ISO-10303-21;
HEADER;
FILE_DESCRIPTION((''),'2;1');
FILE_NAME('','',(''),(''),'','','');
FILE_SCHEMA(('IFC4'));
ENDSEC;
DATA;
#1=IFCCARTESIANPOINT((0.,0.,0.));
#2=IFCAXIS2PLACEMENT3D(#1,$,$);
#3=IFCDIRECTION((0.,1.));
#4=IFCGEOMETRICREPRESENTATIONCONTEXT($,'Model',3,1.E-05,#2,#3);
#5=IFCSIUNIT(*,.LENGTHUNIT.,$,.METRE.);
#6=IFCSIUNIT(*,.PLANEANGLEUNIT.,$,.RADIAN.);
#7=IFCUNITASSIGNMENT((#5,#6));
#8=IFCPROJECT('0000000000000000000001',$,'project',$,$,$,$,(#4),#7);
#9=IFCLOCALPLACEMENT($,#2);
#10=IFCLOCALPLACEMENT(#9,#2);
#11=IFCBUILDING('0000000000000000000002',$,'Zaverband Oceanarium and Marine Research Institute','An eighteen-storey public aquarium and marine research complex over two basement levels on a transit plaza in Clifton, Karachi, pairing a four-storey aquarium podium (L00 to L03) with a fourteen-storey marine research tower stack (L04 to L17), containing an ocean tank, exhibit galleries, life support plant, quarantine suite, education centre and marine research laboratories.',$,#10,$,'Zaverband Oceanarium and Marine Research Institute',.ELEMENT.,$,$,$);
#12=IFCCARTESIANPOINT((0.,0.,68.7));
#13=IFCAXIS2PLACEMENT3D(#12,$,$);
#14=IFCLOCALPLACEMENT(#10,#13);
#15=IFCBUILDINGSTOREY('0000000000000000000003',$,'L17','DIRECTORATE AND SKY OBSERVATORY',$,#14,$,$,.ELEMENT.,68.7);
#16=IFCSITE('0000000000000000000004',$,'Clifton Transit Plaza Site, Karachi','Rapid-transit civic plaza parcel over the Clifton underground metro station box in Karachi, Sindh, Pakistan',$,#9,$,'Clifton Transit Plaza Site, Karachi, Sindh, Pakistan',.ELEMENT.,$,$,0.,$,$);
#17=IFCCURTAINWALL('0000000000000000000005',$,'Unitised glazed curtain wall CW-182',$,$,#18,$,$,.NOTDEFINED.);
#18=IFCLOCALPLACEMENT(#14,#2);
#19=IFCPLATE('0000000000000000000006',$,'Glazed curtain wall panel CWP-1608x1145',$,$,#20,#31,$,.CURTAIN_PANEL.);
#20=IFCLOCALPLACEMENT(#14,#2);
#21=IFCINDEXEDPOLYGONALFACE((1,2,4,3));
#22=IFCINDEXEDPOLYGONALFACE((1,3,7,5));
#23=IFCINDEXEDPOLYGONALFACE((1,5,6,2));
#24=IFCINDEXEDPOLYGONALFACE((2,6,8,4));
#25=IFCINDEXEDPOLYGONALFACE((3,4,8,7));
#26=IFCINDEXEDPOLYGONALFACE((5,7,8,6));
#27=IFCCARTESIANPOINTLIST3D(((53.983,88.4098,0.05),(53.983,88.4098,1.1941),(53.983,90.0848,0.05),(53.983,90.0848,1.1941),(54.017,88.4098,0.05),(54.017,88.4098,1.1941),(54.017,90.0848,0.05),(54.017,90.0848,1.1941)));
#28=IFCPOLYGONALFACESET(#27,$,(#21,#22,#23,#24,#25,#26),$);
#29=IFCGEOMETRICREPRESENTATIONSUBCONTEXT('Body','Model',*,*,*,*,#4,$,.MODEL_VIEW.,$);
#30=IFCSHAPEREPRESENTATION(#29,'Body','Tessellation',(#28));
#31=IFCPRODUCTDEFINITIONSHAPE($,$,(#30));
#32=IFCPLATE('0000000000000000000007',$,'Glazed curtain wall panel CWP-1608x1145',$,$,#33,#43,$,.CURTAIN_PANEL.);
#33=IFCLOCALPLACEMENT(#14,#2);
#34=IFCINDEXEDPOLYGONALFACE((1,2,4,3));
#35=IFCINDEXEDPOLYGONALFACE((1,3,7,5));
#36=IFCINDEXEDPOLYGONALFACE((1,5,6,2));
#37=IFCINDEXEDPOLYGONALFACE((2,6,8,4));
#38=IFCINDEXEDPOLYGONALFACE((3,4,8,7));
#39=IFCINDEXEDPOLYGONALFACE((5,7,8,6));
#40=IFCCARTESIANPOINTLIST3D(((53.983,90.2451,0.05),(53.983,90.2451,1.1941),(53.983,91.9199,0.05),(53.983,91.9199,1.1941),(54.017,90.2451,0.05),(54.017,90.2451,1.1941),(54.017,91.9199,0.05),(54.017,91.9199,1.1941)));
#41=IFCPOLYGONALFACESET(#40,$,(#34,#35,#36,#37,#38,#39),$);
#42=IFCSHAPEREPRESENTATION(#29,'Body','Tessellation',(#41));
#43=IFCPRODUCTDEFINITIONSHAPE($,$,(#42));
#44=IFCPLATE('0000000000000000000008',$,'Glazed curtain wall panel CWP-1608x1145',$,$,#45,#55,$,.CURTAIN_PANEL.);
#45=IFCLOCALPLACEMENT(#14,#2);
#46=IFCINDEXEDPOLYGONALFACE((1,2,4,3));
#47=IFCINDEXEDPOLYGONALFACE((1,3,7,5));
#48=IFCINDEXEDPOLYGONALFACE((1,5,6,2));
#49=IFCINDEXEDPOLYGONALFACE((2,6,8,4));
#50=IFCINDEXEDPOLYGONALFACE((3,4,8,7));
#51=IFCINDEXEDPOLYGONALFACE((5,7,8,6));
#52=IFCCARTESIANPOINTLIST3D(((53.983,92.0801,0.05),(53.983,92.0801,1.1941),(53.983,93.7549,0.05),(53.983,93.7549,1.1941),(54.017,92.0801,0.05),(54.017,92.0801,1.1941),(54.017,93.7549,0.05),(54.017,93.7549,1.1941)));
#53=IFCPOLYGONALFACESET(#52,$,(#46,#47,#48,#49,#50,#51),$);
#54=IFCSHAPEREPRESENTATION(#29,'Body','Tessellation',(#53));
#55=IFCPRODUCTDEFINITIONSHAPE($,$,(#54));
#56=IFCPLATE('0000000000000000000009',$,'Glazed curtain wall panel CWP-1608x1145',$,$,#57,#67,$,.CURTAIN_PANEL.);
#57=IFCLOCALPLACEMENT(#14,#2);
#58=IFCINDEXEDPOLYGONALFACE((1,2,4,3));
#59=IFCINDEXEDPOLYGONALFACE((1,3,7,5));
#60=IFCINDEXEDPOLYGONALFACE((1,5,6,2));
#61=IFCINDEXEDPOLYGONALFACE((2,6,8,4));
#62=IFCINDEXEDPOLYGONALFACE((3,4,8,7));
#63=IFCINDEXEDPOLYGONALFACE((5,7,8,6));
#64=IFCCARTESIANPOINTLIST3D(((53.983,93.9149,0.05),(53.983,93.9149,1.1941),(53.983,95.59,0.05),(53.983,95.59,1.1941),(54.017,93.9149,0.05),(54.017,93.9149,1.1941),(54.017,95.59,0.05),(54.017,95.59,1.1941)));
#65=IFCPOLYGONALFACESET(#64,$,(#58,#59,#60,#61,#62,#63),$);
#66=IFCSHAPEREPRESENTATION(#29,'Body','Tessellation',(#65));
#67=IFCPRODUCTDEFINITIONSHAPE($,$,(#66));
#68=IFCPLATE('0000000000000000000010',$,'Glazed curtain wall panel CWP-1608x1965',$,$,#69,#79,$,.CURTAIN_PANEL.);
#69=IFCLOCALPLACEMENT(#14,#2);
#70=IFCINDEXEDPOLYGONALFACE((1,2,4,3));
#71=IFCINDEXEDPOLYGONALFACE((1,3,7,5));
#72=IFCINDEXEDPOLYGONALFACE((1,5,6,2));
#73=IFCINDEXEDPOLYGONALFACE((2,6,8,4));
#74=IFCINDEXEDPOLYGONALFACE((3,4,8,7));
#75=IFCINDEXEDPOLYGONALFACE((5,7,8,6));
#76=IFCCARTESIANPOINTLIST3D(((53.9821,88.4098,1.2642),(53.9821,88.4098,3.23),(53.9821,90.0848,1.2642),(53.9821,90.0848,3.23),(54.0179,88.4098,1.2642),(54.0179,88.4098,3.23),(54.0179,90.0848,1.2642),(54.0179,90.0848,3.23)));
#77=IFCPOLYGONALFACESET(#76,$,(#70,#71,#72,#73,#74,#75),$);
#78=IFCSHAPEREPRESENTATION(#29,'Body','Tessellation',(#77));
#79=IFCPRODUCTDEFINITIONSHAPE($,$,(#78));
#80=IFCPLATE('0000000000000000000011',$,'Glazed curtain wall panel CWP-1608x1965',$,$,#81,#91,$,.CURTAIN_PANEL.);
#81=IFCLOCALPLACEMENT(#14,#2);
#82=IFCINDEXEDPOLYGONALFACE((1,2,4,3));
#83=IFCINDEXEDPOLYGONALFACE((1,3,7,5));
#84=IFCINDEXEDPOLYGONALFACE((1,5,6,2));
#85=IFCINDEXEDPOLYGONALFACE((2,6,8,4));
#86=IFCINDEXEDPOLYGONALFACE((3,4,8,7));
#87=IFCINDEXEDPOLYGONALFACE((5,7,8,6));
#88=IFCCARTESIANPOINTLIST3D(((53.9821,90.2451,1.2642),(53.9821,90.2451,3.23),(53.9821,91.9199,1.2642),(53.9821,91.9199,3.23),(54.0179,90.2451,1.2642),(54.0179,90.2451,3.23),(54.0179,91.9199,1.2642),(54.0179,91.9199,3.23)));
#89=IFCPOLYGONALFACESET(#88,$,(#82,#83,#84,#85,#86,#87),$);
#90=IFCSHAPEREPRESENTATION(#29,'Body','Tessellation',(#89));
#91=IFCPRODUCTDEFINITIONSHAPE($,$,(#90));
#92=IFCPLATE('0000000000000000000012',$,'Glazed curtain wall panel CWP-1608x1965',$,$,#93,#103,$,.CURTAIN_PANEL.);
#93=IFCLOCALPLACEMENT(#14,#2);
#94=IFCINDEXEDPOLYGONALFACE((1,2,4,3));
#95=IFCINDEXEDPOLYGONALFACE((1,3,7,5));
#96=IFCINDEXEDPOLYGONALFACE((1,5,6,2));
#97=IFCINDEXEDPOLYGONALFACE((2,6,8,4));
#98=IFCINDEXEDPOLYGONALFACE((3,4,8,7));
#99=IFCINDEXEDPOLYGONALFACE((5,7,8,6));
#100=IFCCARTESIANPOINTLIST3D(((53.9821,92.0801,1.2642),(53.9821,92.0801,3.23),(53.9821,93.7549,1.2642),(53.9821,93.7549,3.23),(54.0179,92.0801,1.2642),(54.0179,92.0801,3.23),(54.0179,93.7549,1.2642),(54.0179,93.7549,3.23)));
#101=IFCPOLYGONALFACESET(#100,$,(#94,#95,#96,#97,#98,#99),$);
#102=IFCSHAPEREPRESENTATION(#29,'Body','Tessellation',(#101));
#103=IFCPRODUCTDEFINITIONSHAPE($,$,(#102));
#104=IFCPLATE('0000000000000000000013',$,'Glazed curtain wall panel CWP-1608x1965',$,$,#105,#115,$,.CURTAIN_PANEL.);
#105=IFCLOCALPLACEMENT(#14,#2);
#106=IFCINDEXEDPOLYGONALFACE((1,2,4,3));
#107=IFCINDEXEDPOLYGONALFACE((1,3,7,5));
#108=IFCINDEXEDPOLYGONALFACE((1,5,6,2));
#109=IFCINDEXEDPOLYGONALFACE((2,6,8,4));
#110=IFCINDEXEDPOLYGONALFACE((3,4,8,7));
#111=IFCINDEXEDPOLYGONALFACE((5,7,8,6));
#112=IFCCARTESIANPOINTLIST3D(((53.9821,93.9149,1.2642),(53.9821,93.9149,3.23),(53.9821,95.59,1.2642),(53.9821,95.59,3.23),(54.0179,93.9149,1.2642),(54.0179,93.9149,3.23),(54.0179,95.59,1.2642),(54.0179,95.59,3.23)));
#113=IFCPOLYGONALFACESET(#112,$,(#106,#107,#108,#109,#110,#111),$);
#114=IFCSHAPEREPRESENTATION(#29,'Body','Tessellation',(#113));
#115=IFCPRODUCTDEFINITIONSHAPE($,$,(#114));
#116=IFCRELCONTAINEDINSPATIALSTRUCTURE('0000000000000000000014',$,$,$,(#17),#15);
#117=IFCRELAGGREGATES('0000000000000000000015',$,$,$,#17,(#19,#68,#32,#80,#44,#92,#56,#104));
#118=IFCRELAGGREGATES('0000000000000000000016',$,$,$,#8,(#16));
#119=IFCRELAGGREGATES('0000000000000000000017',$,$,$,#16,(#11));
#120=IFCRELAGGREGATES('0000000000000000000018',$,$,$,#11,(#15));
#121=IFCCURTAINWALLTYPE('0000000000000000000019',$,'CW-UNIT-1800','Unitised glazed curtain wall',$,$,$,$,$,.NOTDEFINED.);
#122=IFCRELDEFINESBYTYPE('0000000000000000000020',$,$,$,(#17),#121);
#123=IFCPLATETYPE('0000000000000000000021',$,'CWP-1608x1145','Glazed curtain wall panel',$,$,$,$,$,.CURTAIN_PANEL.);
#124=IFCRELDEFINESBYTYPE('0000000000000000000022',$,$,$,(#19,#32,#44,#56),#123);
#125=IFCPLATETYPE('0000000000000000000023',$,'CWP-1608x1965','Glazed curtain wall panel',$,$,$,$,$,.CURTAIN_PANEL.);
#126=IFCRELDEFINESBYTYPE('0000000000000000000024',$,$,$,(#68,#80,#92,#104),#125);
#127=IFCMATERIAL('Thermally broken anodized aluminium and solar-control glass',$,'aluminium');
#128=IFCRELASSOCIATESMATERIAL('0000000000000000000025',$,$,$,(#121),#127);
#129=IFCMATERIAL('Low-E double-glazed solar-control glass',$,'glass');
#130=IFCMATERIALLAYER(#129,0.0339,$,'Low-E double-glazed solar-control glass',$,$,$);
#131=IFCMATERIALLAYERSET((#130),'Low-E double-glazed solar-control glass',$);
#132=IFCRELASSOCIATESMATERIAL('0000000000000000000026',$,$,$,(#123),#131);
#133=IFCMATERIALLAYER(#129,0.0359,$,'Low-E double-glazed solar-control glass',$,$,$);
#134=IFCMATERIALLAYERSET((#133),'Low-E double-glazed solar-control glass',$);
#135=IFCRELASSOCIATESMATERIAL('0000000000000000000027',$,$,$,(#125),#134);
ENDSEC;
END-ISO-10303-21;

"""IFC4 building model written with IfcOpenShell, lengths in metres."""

from ifc_helpers import new_model, si_unit, direction, frame, frame_2d, origin, place, context, subcontext, project, spatial, rectangle, extrude, material, layer, layer_set, type_object, element, aggregate, save


model = new_model("IFC4")

# Units and contexts
model_context = context("Model", 3, precision=1e-05, world=origin(), true_north=direction((0.0, 1.0)))
body_context = subcontext(model_context, "Body", "Model", "MODEL_VIEW")
ifc_project = project(units=[si_unit("LENGTHUNIT", "METRE"), si_unit("PLANEANGLEUNIT", "RADIAN")], contexts=[model_context])

# Site, building, storey
site_placement = place(None, origin())
site = spatial("IfcSite", under=ifc_project, at=site_placement, Name="Clifton Transit Plaza Site, Karachi", Description="Rapid-transit civic plaza parcel over the Clifton underground metro station box in Karachi, Sindh, Pakistan", LongName="Clifton Transit Plaza Site, Karachi, Sindh, Pakistan", CompositionType="ELEMENT", RefElevation=0.0)
building_placement = place(site_placement, origin())
building = spatial("IfcBuilding", under=site, at=building_placement, Name="Zaverband Oceanarium and Marine Research Institute", Description="An eighteen-storey public aquarium and marine research complex over two basement levels on a transit plaza in Clifton, Karachi, pairing a four-storey aquarium podium (L00 to L03) with a fourteen-storey marine research tower stack (L04 to L17), containing an ocean tank, exhibit galleries, life support plant, quarantine suite, education centre and marine research laboratories.", LongName="Zaverband Oceanarium and Marine Research Institute", CompositionType="ELEMENT")
storey_placement = place(building_placement, frame((0.0, 0.0, 68.7)))
storey = spatial("IfcBuildingStorey", under=building, at=storey_placement, Name="L17", Description="DIRECTORATE AND SKY OBSERVATORY", CompositionType="ELEMENT", Elevation=68.7)

# Curtain wall
ifc_material_1 = material(Name="Thermally broken anodized aluminium and solar-control glass", Category="aluminium")
curtain_wall_type = type_object("IfcCurtainWallType", Name="CW-UNIT-1800", Description="Unitised glazed curtain wall", PredefinedType="NOTDEFINED", material=ifc_material_1)
curtain_wall_placement = place(storey_placement, origin())
curtain_wall = element("IfcCurtainWall", 1, at=curtain_wall_placement, inside=storey, type_object=curtain_wall_type, Name="Unitised glazed curtain wall CW-182", PredefinedType="NOTDEFINED")

# Plates
ifc_material_2 = material(Name="Low-E double-glazed solar-control glass", Category="glass")
ifc_layer_1 = layer(ifc_material_2, 0.0339, Name="Low-E double-glazed solar-control glass")
ifc_layer_set_1 = layer_set([ifc_layer_1], Name="Low-E double-glazed solar-control glass")
plate_type_1 = type_object("IfcPlateType", Name="CWP-1608x1145", Description="Glazed curtain wall panel", PredefinedType="CURTAIN_PANEL", material=ifc_layer_set_1)
plate_1_placement = place(storey_placement, frame((54.0, 88.4099, 0.05), z_axis=(0.0, 0.0, 1.0), x_axis=(0.0, 1.0, 0.0)))
plate_1 = element("IfcPlate", 2, at=plate_1_placement, type_object=plate_type_1, Name="Glazed curtain wall panel CWP-1608x1145", PredefinedType="CURTAIN_PANEL", context=body_context, shape_type="SweptSolid", body=[
    extrude(rectangle(XDim=1.675, YDim=0.0339, at=frame_2d((0.8374, 0.0))), origin(), (0.0, 0.0, 1.0), 1.144),
])
plate_2_placement = place(storey_placement, frame((54.0, 90.2451, 0.05), z_axis=(0.0, 0.0, 1.0), x_axis=(0.0, 1.0, 0.0)))
plate_2 = element("IfcPlate", 3, at=plate_2_placement, type_object=plate_type_1, Name="Glazed curtain wall panel CWP-1608x1145", PredefinedType="CURTAIN_PANEL", context=body_context, shape_type="SweptSolid", body=[
    extrude(rectangle(XDim=1.6748, YDim=0.0339, at=frame_2d((0.8374, 0.0))), origin(), (0.0, 0.0, 1.0), 1.144),
])
plate_3_placement = place(storey_placement, frame((54.0, 92.0801, 0.05), z_axis=(0.0, 0.0, 1.0), x_axis=(0.0, 1.0, 0.0)))
plate_3 = element("IfcPlate", 4, at=plate_3_placement, type_object=plate_type_1, Name="Glazed curtain wall panel CWP-1608x1145", PredefinedType="CURTAIN_PANEL", context=body_context, shape_type="SweptSolid", body=[
    extrude(rectangle(XDim=1.6748, YDim=0.0339, at=frame_2d((0.8374, 0.0))), origin(), (0.0, 0.0, 1.0), 1.144),
])
plate_4_placement = place(storey_placement, frame((54.0, 93.915, 0.05), z_axis=(0.0, 0.0, 1.0), x_axis=(0.0, 1.0, 0.0)))
plate_4 = element("IfcPlate", 5, at=plate_4_placement, type_object=plate_type_1, Name="Glazed curtain wall panel CWP-1608x1145", PredefinedType="CURTAIN_PANEL", context=body_context, shape_type="SweptSolid", body=[
    extrude(rectangle(XDim=1.675, YDim=0.0339, at=frame_2d((0.8374, 0.0))), origin(), (0.0, 0.0, 1.0), 1.144),
])
ifc_layer_2 = layer(ifc_material_2, 0.0359, Name="Low-E double-glazed solar-control glass")
ifc_layer_set_2 = layer_set([ifc_layer_2], Name="Low-E double-glazed solar-control glass")
plate_type_2 = type_object("IfcPlateType", Name="CWP-1608x1965", Description="Glazed curtain wall panel", PredefinedType="CURTAIN_PANEL", material=ifc_layer_set_2)
plate_5_placement = place(storey_placement, frame((54.0, 88.4099, 1.2642), z_axis=(0.0, 0.0, 1.0), x_axis=(0.0, 1.0, 0.0)))
plate_5 = element("IfcPlate", 6, at=plate_5_placement, type_object=plate_type_2, Name="Glazed curtain wall panel CWP-1608x1965", PredefinedType="CURTAIN_PANEL", context=body_context, shape_type="SweptSolid", body=[
    extrude(rectangle(XDim=1.675, YDim=0.0359, at=frame_2d((0.8374, 0.0))), origin(), (0.0, 0.0, 1.0), 1.9658),
])
plate_6_placement = place(storey_placement, frame((54.0, 90.2451, 1.2642), z_axis=(0.0, 0.0, 1.0), x_axis=(0.0, 1.0, 0.0)))
plate_6 = element("IfcPlate", 7, at=plate_6_placement, type_object=plate_type_2, Name="Glazed curtain wall panel CWP-1608x1965", PredefinedType="CURTAIN_PANEL", context=body_context, shape_type="SweptSolid", body=[
    extrude(rectangle(XDim=1.6748, YDim=0.0359, at=frame_2d((0.8374, 0.0))), origin(), (0.0, 0.0, 1.0), 1.9658),
])
plate_7_placement = place(storey_placement, frame((54.0, 92.0801, 1.2642), z_axis=(0.0, 0.0, 1.0), x_axis=(0.0, 1.0, 0.0)))
plate_7 = element("IfcPlate", 8, at=plate_7_placement, type_object=plate_type_2, Name="Glazed curtain wall panel CWP-1608x1965", PredefinedType="CURTAIN_PANEL", context=body_context, shape_type="SweptSolid", body=[
    extrude(rectangle(XDim=1.6748, YDim=0.0359, at=frame_2d((0.8374, 0.0))), origin(), (0.0, 0.0, 1.0), 1.9658),
])
plate_8_placement = place(storey_placement, frame((54.0, 93.915, 1.2642), z_axis=(0.0, 0.0, 1.0), x_axis=(0.0, 1.0, 0.0)))
plate_8 = element("IfcPlate", 9, at=plate_8_placement, type_object=plate_type_2, Name="Glazed curtain wall panel CWP-1608x1965", PredefinedType="CURTAIN_PANEL", context=body_context, shape_type="SweptSolid", body=[
    extrude(rectangle(XDim=1.675, YDim=0.0359, at=frame_2d((0.8374, 0.0))), origin(), (0.0, 0.0, 1.0), 1.9658),
])
aggregate(curtain_wall, [plate_1, plate_5, plate_2, plate_6, plate_3, plate_7, plate_4, plate_8])

save(model, "model.ifc")
